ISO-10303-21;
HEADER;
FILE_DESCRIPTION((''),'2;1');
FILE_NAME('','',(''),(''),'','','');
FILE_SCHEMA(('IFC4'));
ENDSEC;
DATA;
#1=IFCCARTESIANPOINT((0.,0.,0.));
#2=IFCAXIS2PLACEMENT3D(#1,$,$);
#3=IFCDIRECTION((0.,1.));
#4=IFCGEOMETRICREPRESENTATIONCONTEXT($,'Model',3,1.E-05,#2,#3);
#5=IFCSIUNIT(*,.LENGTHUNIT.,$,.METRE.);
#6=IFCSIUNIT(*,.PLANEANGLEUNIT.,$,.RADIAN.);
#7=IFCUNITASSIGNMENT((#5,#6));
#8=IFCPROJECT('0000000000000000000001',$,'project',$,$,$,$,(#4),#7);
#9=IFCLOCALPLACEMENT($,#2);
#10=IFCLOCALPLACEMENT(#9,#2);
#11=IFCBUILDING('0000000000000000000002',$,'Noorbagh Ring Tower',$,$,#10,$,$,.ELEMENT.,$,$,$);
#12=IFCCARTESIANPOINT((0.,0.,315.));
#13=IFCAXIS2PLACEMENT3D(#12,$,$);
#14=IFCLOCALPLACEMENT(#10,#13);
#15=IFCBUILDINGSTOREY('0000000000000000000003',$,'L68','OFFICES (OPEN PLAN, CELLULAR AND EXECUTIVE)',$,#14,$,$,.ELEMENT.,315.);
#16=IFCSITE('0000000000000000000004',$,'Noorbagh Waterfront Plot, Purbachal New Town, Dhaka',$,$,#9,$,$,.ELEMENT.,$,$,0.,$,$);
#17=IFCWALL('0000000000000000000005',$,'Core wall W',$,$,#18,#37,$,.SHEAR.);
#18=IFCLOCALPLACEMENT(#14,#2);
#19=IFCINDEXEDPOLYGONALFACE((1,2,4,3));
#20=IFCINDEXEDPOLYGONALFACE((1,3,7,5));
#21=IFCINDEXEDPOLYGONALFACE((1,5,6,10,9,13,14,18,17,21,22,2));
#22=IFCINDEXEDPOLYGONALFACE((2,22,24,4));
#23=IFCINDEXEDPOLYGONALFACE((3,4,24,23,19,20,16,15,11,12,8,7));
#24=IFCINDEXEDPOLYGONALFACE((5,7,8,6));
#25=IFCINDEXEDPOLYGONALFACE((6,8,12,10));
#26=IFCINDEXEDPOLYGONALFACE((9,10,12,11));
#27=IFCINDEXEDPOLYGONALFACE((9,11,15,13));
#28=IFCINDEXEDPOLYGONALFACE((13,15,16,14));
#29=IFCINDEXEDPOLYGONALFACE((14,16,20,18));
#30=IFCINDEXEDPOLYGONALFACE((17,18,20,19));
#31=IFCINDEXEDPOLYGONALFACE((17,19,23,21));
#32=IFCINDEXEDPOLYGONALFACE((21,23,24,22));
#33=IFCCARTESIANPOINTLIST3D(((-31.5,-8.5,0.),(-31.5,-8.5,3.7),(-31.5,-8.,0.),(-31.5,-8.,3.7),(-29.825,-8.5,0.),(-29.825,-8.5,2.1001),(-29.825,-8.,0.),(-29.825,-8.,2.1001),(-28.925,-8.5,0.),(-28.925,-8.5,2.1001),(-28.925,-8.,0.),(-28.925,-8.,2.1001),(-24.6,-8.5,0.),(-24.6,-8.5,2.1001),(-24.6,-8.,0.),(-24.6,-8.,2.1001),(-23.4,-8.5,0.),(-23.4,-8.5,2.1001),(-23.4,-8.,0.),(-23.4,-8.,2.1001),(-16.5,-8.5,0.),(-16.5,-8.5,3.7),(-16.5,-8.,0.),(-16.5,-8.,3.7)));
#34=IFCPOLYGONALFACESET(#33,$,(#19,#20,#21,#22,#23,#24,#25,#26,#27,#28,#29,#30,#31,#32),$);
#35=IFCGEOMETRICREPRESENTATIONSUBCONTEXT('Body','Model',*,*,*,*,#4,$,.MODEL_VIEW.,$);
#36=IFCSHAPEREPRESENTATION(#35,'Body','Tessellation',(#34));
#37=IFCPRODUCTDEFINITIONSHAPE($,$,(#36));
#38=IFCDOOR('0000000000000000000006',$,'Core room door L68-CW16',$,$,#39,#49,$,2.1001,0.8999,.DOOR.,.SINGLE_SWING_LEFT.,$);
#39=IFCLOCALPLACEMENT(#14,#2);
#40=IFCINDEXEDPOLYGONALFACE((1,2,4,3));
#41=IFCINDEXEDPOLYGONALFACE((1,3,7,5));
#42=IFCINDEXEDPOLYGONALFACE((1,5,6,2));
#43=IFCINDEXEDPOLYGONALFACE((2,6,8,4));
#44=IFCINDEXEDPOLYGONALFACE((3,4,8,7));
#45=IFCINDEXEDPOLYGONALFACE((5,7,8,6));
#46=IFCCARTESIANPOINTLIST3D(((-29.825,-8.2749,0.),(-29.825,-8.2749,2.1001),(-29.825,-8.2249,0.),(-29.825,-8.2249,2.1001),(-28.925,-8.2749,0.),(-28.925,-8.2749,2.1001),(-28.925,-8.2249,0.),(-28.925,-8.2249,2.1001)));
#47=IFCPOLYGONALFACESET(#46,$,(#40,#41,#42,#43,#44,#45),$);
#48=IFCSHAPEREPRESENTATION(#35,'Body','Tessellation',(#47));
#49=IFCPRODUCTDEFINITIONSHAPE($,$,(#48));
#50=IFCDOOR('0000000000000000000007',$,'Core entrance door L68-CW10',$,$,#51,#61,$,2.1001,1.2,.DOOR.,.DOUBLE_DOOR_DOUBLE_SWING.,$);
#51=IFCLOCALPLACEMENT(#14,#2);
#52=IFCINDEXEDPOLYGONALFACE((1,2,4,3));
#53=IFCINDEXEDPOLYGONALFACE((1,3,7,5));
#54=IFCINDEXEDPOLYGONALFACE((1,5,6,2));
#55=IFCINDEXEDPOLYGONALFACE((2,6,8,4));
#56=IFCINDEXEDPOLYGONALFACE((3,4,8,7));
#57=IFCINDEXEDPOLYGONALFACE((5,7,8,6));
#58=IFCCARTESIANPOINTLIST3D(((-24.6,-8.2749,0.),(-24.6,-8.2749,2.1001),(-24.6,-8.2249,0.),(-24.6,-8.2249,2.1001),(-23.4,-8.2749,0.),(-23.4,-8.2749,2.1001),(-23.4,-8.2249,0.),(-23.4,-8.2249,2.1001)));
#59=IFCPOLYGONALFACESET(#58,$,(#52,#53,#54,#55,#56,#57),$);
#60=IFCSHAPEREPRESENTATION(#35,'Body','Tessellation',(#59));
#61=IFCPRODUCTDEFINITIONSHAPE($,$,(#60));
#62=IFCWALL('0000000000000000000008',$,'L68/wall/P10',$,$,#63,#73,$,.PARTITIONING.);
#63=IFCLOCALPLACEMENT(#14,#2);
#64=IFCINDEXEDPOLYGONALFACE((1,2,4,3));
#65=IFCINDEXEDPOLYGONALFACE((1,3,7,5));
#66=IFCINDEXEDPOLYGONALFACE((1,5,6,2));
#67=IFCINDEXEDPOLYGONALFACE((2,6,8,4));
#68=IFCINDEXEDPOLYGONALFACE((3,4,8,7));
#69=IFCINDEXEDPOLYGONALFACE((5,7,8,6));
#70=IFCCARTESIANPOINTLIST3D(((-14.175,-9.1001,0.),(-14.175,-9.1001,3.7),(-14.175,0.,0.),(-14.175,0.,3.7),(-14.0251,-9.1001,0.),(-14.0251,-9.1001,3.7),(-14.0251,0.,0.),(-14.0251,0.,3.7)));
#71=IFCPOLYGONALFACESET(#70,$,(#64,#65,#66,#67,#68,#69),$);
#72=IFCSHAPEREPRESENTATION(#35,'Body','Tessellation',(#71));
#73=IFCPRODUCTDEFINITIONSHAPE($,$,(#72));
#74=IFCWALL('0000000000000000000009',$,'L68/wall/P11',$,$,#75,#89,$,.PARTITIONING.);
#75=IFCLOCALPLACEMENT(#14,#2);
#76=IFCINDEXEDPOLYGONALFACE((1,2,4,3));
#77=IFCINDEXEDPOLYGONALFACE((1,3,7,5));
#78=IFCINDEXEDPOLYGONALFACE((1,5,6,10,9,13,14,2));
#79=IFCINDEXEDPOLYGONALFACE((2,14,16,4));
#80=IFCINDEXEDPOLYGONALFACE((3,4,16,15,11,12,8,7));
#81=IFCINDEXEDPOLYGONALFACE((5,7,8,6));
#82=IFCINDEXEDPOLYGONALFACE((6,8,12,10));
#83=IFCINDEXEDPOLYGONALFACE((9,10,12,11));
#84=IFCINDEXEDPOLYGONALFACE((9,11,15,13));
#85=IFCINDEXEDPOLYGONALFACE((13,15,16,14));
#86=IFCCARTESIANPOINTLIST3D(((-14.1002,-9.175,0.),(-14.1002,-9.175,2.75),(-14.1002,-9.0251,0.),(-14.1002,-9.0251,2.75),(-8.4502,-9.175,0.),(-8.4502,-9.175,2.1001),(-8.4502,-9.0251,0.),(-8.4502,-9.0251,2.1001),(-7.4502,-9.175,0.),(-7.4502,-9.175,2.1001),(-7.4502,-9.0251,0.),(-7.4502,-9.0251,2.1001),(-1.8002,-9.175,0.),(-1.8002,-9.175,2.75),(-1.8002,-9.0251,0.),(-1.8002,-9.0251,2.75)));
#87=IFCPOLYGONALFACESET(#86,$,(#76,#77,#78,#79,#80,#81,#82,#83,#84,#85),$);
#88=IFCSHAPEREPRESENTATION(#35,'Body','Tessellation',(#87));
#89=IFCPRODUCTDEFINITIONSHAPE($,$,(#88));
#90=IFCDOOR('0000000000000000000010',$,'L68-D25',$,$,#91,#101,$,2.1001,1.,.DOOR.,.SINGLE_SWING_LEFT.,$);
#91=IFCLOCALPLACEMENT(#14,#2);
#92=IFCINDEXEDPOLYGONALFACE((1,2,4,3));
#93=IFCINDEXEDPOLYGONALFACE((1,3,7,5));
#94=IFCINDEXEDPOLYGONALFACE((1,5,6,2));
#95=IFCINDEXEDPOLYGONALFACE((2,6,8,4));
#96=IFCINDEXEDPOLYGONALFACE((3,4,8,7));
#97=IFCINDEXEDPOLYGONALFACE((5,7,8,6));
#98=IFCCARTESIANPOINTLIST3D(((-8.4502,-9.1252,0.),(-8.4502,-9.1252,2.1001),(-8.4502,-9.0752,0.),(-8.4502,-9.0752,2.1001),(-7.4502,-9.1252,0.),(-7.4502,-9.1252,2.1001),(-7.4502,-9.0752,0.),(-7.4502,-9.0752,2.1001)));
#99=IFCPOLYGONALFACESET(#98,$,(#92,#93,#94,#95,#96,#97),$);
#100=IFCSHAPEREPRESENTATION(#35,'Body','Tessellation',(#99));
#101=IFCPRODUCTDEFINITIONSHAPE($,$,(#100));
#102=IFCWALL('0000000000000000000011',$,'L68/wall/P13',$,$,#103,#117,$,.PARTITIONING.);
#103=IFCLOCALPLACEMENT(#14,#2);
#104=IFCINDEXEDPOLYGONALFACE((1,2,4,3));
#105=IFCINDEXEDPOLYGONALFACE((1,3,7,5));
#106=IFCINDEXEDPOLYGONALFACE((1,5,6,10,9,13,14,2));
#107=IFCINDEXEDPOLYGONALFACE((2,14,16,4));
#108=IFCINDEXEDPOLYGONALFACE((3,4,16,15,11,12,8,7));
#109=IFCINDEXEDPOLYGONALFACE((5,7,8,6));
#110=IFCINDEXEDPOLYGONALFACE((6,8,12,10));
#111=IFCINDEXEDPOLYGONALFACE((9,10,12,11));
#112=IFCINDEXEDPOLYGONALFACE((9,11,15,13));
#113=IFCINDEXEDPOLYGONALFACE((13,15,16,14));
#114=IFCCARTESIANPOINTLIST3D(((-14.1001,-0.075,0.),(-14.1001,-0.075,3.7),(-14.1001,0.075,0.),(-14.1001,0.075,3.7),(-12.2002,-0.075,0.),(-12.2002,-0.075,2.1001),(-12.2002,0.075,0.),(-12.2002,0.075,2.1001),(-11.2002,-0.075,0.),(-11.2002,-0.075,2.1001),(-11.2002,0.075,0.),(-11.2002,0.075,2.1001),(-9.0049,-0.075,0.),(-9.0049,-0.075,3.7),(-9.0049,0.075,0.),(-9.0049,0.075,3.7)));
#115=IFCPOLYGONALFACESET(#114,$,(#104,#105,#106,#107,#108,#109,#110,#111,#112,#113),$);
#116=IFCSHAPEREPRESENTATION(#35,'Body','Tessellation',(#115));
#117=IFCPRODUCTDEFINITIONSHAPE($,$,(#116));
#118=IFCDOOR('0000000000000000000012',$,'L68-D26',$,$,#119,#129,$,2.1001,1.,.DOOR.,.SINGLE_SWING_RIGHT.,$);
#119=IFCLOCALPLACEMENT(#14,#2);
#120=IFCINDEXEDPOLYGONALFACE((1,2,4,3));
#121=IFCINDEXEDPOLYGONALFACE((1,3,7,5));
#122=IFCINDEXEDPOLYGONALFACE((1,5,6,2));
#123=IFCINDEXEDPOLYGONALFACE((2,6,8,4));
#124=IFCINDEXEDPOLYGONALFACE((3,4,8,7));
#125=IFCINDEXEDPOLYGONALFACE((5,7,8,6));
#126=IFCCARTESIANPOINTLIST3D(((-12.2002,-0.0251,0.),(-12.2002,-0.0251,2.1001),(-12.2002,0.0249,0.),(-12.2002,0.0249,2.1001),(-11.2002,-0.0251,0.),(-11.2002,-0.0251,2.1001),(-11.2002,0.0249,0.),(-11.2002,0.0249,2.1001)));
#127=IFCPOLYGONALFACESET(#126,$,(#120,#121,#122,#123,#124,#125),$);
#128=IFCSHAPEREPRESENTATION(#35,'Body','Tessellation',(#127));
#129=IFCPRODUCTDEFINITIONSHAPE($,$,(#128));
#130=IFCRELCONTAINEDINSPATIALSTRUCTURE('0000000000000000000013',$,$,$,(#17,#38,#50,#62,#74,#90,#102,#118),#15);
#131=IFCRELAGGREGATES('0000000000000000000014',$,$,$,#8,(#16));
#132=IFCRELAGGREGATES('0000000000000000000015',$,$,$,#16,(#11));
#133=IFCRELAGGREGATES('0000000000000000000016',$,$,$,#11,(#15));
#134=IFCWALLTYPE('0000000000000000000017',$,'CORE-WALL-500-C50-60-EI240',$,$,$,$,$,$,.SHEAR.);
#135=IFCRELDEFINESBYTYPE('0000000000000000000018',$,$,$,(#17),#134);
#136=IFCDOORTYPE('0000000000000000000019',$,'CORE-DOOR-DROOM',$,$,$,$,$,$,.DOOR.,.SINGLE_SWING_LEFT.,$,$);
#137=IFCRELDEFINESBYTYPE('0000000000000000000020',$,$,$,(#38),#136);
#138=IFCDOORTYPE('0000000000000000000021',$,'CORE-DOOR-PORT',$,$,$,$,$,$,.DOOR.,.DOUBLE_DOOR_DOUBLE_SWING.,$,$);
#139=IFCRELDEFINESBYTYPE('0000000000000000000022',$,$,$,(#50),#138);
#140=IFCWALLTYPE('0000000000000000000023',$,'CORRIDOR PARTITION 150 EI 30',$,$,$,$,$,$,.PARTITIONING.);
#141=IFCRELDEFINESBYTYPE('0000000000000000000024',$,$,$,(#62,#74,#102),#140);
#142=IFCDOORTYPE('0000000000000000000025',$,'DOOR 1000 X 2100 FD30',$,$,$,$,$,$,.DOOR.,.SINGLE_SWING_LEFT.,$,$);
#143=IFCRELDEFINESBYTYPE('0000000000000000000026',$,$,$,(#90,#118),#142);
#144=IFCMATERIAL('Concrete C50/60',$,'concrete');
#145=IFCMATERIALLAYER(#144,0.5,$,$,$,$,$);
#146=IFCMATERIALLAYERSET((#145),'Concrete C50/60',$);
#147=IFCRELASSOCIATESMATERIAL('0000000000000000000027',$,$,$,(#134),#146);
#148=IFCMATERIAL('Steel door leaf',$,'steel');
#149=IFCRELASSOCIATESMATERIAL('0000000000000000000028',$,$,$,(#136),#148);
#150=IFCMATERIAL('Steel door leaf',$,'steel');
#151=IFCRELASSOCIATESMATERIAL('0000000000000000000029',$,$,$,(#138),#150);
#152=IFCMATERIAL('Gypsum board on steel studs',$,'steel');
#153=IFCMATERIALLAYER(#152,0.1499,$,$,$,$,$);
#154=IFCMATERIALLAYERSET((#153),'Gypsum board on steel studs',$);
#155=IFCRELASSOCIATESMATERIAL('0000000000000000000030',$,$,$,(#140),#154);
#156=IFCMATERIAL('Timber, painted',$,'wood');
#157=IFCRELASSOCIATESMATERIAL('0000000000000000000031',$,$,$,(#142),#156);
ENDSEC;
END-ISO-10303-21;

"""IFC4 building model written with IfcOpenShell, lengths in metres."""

from ifc_helpers import new_model, si_unit, direction, frame, frame_2d, origin, place, context, subcontext, project, spatial, rectangle, extrude, material, layer, layer_set, type_object, element, fill, save


model = new_model("IFC4")

# Units and contexts
model_context = context("Model", 3, precision=1e-05, world=origin(), true_north=direction((0.0, 1.0)))
body_context = subcontext(model_context, "Body", "Model", "MODEL_VIEW")
ifc_project = project(units=[si_unit("LENGTHUNIT", "METRE"), si_unit("PLANEANGLEUNIT", "RADIAN")], contexts=[model_context])

# Site, building, storey
site_placement = place(None, origin())
site = spatial("IfcSite", under=ifc_project, at=site_placement, Name="Noorbagh Waterfront Plot, Purbachal New Town, Dhaka", CompositionType="ELEMENT", RefElevation=0.0)
building_placement = place(site_placement, origin())
building = spatial("IfcBuilding", under=site, at=building_placement, Name="Noorbagh Ring Tower", CompositionType="ELEMENT")
storey_placement = place(building_placement, frame((0.0, 0.0, 315.0)))
storey = spatial("IfcBuildingStorey", under=building, at=storey_placement, Name="L68", Description="OFFICES (OPEN PLAN, CELLULAR AND EXECUTIVE)", CompositionType="ELEMENT", Elevation=315.0)

# Wall, openings, doors
ifc_material_1 = material(Name="Concrete C50/60", Category="concrete")
ifc_layer_1 = layer(ifc_material_1, 0.5)
ifc_layer_set_1 = layer_set([ifc_layer_1], Name="Concrete C50/60")
wall_type_1 = type_object("IfcWallType", Name="CORE-WALL-500-C50-60-EI240", PredefinedType="SHEAR", material=ifc_layer_set_1)
wall_1_placement = place(storey_placement, frame((-16.5, -8.25, 0.0), z_axis=(0.0, 0.0, 1.0), x_axis=(-1.0, 0.0, 0.0)))
wall_1 = element("IfcWall", 1, at=wall_1_placement, inside=storey, type_object=wall_type_1, Name="Core wall W", PredefinedType="SHEAR", context=body_context, shape_type="SweptSolid", body=[
    extrude(rectangle(XDim=15.0, YDim=0.5, at=frame_2d((7.5, 0.0))), origin(), (0.0, 0.0, 1.0), 3.7),
])
opening_1_placement = place(wall_1_placement, frame((6.8999, 0.0, 0.0)))
opening_1 = element("IfcOpeningElement", 2, at=opening_1_placement, cuts=wall_1, PredefinedType="OPENING", context=body_context, shape_type="SweptSolid", body=[
    extrude(rectangle(XDim=1.2, YDim=2.1001, at=frame_2d((0.6001, 1.05))), frame((0.0, 0.26, 0.0), z_axis=(0.0, -1.0, 0.0), x_axis=(1.0, 0.0, 0.0)), (0.0, 0.0, 1.0), 0.52),
])
opening_2_placement = place(wall_1_placement, frame((12.425, 0.0, 0.0)))
opening_2 = element("IfcOpeningElement", 3, at=opening_2_placement, cuts=wall_1, PredefinedType="OPENING", context=body_context, shape_type="SweptSolid", body=[
    extrude(rectangle(XDim=0.8999, YDim=2.1001, at=frame_2d((0.45, 1.05))), frame((0.0, 0.26, 0.0), z_axis=(0.0, -1.0, 0.0), x_axis=(1.0, 0.0, 0.0)), (0.0, 0.0, 1.0), 0.52),
])
ifc_material_2 = material(Name="Steel door leaf", Category="steel")
door_type_1 = type_object("IfcDoorType", Name="CORE-DOOR-DROOM", OperationType="SINGLE_SWING_LEFT", PredefinedType="DOOR", material=ifc_material_2)
door_1_placement = place(opening_2_placement, origin())
door_1 = element("IfcDoor", 4, at=door_1_placement, inside=storey, type_object=door_type_1, Name="Core room door L68-CW16", OperationType="SINGLE_SWING_LEFT", OverallHeight=2.1001, OverallWidth=0.8999, PredefinedType="DOOR", context=body_context, shape_type="SweptSolid", body=[
    extrude(rectangle(XDim=0.8999, YDim=2.1001, at=frame_2d((0.45, 1.05))), frame((0.0, 0.0249, 0.0), z_axis=(0.0, -1.0, 0.0), x_axis=(1.0, 0.0, 0.0)), (0.0, 0.0, 1.0), 0.05),
])
fill(opening_2, door_1)
ifc_material_3 = material(Name="Steel door leaf", Category="steel")
door_type_2 = type_object("IfcDoorType", Name="CORE-DOOR-PORT", OperationType="DOUBLE_DOOR_DOUBLE_SWING", PredefinedType="DOOR", material=ifc_material_3)
door_2_placement = place(opening_1_placement, origin())
door_2 = element("IfcDoor", 5, at=door_2_placement, inside=storey, type_object=door_type_2, Name="Core entrance door L68-CW10", OperationType="DOUBLE_DOOR_DOUBLE_SWING", OverallHeight=2.1001, OverallWidth=1.2, PredefinedType="DOOR", context=body_context, shape_type="SweptSolid", body=[
    extrude(rectangle(XDim=1.2, YDim=2.1001, at=frame_2d((0.6001, 1.05))), frame((0.0, 0.0249, 0.0), z_axis=(0.0, -1.0, 0.0), x_axis=(1.0, 0.0, 0.0)), (0.0, 0.0, 1.0), 0.05),
])
fill(opening_1, door_2)

# Wall
ifc_material_4 = material(Name="Gypsum board on steel studs", Category="steel")
ifc_layer_2 = layer(ifc_material_4, 0.1499)
ifc_layer_set_2 = layer_set([ifc_layer_2], Name="Gypsum board on steel studs")
wall_type_2 = type_object("IfcWallType", Name="CORRIDOR PARTITION 150 EI 30", PredefinedType="PARTITIONING", material=ifc_layer_set_2)
wall_2_placement = place(storey_placement, frame((-14.1001, -9.1001, 0.0), z_axis=(0.0, 0.0, 1.0), x_axis=(0.0, 1.0, 0.0)))
element("IfcWall", 6, at=wall_2_placement, inside=storey, type_object=wall_type_2, Name="L68/wall/P10", PredefinedType="PARTITIONING", context=body_context, shape_type="SweptSolid", body=[
    extrude(rectangle(XDim=9.1001, YDim=0.1499, at=frame_2d((4.55, 0.0))), origin(), (0.0, 0.0, 1.0), 3.7),
])

# Walls, openings, doors
wall_3_placement = place(storey_placement, frame((-14.1001, -9.1001, 0.0), z_axis=(0.0, 0.0, 1.0), x_axis=(1.0, 0.0, 0.0)))
wall_3 = element("IfcWall", 7, at=wall_3_placement, inside=storey, type_object=wall_type_2, Name="L68/wall/P11", PredefinedType="PARTITIONING", context=body_context, shape_type="SweptSolid", body=[
    extrude(rectangle(XDim=12.3, YDim=0.1499, at=frame_2d((6.1499, 0.0))), origin(), (0.0, 0.0, 1.0), 2.75),
])
opening_3_placement = place(wall_3_placement, frame((5.6499, 0.0, 0.0)))
opening_3 = element("IfcOpeningElement", 8, at=opening_3_placement, cuts=wall_3, PredefinedType="OPENING", context=body_context, shape_type="SweptSolid", body=[
    extrude(rectangle(XDim=1.0, YDim=2.1001, at=frame_2d((0.5, 1.05))), frame((0.0, 0.085, 0.0), z_axis=(0.0, -1.0, 0.0), x_axis=(1.0, 0.0, 0.0)), (0.0, 0.0, 1.0), 0.1699),
])
ifc_material_5 = material(Name="Timber, painted", Category="wood")
door_type_3 = type_object("IfcDoorType", Name="DOOR 1000 X 2100 FD30", OperationType="SINGLE_SWING_LEFT", PredefinedType="DOOR", material=ifc_material_5)
door_3_placement = place(opening_3_placement, origin())
door_3 = element("IfcDoor", 9, at=door_3_placement, inside=storey, type_object=door_type_3, Name="L68-D25", OperationType="SINGLE_SWING_LEFT", OverallHeight=2.1001, OverallWidth=1.0, PredefinedType="DOOR", context=body_context, shape_type="SweptSolid", body=[
    extrude(rectangle(XDim=1.0, YDim=2.1001, at=frame_2d((0.5, 1.05))), frame((0.0, 0.0249, 0.0), z_axis=(0.0, -1.0, 0.0), x_axis=(1.0, 0.0, 0.0)), (0.0, 0.0, 1.0), 0.05),
])
fill(opening_3, door_3)
wall_4_placement = place(storey_placement, frame((-14.1001, 0.0, 0.0), z_axis=(0.0, 0.0, 1.0), x_axis=(1.0, 0.0, 0.0)))
wall_4 = element("IfcWall", 10, at=wall_4_placement, inside=storey, type_object=wall_type_2, Name="L68/wall/P13", PredefinedType="PARTITIONING", context=body_context, shape_type="SweptSolid", body=[
    extrude(rectangle(XDim=5.0952, YDim=0.1499, at=frame_2d((2.5476, 0.0))), origin(), (0.0, 0.0, 1.0), 3.7),
])
opening_4_placement = place(wall_4_placement, frame((1.8999, 0.0, 0.0)))
opening_4 = element("IfcOpeningElement", 11, at=opening_4_placement, cuts=wall_4, PredefinedType="OPENING", context=body_context, shape_type="SweptSolid", body=[
    extrude(rectangle(XDim=1.0, YDim=2.1001, at=frame_2d((0.5, 1.05))), frame((0.0, 0.085, 0.0), z_axis=(0.0, -1.0, 0.0), x_axis=(1.0, 0.0, 0.0)), (0.0, 0.0, 1.0), 0.1699),
])
door_4_placement = place(opening_4_placement, origin())
door_4 = element("IfcDoor", 12, at=door_4_placement, inside=storey, type_object=door_type_3, Name="L68-D26", OperationType="SINGLE_SWING_RIGHT", OverallHeight=2.1001, OverallWidth=1.0, PredefinedType="DOOR", context=body_context, shape_type="SweptSolid", body=[
    extrude(rectangle(XDim=1.0, YDim=2.1001, at=frame_2d((0.5, 1.05))), frame((0.0, 0.0249, 0.0), z_axis=(0.0, -1.0, 0.0), x_axis=(1.0, 0.0, 0.0)), (0.0, 0.0, 1.0), 0.05),
])
fill(opening_4, door_4)

save(model, "model.ifc")
